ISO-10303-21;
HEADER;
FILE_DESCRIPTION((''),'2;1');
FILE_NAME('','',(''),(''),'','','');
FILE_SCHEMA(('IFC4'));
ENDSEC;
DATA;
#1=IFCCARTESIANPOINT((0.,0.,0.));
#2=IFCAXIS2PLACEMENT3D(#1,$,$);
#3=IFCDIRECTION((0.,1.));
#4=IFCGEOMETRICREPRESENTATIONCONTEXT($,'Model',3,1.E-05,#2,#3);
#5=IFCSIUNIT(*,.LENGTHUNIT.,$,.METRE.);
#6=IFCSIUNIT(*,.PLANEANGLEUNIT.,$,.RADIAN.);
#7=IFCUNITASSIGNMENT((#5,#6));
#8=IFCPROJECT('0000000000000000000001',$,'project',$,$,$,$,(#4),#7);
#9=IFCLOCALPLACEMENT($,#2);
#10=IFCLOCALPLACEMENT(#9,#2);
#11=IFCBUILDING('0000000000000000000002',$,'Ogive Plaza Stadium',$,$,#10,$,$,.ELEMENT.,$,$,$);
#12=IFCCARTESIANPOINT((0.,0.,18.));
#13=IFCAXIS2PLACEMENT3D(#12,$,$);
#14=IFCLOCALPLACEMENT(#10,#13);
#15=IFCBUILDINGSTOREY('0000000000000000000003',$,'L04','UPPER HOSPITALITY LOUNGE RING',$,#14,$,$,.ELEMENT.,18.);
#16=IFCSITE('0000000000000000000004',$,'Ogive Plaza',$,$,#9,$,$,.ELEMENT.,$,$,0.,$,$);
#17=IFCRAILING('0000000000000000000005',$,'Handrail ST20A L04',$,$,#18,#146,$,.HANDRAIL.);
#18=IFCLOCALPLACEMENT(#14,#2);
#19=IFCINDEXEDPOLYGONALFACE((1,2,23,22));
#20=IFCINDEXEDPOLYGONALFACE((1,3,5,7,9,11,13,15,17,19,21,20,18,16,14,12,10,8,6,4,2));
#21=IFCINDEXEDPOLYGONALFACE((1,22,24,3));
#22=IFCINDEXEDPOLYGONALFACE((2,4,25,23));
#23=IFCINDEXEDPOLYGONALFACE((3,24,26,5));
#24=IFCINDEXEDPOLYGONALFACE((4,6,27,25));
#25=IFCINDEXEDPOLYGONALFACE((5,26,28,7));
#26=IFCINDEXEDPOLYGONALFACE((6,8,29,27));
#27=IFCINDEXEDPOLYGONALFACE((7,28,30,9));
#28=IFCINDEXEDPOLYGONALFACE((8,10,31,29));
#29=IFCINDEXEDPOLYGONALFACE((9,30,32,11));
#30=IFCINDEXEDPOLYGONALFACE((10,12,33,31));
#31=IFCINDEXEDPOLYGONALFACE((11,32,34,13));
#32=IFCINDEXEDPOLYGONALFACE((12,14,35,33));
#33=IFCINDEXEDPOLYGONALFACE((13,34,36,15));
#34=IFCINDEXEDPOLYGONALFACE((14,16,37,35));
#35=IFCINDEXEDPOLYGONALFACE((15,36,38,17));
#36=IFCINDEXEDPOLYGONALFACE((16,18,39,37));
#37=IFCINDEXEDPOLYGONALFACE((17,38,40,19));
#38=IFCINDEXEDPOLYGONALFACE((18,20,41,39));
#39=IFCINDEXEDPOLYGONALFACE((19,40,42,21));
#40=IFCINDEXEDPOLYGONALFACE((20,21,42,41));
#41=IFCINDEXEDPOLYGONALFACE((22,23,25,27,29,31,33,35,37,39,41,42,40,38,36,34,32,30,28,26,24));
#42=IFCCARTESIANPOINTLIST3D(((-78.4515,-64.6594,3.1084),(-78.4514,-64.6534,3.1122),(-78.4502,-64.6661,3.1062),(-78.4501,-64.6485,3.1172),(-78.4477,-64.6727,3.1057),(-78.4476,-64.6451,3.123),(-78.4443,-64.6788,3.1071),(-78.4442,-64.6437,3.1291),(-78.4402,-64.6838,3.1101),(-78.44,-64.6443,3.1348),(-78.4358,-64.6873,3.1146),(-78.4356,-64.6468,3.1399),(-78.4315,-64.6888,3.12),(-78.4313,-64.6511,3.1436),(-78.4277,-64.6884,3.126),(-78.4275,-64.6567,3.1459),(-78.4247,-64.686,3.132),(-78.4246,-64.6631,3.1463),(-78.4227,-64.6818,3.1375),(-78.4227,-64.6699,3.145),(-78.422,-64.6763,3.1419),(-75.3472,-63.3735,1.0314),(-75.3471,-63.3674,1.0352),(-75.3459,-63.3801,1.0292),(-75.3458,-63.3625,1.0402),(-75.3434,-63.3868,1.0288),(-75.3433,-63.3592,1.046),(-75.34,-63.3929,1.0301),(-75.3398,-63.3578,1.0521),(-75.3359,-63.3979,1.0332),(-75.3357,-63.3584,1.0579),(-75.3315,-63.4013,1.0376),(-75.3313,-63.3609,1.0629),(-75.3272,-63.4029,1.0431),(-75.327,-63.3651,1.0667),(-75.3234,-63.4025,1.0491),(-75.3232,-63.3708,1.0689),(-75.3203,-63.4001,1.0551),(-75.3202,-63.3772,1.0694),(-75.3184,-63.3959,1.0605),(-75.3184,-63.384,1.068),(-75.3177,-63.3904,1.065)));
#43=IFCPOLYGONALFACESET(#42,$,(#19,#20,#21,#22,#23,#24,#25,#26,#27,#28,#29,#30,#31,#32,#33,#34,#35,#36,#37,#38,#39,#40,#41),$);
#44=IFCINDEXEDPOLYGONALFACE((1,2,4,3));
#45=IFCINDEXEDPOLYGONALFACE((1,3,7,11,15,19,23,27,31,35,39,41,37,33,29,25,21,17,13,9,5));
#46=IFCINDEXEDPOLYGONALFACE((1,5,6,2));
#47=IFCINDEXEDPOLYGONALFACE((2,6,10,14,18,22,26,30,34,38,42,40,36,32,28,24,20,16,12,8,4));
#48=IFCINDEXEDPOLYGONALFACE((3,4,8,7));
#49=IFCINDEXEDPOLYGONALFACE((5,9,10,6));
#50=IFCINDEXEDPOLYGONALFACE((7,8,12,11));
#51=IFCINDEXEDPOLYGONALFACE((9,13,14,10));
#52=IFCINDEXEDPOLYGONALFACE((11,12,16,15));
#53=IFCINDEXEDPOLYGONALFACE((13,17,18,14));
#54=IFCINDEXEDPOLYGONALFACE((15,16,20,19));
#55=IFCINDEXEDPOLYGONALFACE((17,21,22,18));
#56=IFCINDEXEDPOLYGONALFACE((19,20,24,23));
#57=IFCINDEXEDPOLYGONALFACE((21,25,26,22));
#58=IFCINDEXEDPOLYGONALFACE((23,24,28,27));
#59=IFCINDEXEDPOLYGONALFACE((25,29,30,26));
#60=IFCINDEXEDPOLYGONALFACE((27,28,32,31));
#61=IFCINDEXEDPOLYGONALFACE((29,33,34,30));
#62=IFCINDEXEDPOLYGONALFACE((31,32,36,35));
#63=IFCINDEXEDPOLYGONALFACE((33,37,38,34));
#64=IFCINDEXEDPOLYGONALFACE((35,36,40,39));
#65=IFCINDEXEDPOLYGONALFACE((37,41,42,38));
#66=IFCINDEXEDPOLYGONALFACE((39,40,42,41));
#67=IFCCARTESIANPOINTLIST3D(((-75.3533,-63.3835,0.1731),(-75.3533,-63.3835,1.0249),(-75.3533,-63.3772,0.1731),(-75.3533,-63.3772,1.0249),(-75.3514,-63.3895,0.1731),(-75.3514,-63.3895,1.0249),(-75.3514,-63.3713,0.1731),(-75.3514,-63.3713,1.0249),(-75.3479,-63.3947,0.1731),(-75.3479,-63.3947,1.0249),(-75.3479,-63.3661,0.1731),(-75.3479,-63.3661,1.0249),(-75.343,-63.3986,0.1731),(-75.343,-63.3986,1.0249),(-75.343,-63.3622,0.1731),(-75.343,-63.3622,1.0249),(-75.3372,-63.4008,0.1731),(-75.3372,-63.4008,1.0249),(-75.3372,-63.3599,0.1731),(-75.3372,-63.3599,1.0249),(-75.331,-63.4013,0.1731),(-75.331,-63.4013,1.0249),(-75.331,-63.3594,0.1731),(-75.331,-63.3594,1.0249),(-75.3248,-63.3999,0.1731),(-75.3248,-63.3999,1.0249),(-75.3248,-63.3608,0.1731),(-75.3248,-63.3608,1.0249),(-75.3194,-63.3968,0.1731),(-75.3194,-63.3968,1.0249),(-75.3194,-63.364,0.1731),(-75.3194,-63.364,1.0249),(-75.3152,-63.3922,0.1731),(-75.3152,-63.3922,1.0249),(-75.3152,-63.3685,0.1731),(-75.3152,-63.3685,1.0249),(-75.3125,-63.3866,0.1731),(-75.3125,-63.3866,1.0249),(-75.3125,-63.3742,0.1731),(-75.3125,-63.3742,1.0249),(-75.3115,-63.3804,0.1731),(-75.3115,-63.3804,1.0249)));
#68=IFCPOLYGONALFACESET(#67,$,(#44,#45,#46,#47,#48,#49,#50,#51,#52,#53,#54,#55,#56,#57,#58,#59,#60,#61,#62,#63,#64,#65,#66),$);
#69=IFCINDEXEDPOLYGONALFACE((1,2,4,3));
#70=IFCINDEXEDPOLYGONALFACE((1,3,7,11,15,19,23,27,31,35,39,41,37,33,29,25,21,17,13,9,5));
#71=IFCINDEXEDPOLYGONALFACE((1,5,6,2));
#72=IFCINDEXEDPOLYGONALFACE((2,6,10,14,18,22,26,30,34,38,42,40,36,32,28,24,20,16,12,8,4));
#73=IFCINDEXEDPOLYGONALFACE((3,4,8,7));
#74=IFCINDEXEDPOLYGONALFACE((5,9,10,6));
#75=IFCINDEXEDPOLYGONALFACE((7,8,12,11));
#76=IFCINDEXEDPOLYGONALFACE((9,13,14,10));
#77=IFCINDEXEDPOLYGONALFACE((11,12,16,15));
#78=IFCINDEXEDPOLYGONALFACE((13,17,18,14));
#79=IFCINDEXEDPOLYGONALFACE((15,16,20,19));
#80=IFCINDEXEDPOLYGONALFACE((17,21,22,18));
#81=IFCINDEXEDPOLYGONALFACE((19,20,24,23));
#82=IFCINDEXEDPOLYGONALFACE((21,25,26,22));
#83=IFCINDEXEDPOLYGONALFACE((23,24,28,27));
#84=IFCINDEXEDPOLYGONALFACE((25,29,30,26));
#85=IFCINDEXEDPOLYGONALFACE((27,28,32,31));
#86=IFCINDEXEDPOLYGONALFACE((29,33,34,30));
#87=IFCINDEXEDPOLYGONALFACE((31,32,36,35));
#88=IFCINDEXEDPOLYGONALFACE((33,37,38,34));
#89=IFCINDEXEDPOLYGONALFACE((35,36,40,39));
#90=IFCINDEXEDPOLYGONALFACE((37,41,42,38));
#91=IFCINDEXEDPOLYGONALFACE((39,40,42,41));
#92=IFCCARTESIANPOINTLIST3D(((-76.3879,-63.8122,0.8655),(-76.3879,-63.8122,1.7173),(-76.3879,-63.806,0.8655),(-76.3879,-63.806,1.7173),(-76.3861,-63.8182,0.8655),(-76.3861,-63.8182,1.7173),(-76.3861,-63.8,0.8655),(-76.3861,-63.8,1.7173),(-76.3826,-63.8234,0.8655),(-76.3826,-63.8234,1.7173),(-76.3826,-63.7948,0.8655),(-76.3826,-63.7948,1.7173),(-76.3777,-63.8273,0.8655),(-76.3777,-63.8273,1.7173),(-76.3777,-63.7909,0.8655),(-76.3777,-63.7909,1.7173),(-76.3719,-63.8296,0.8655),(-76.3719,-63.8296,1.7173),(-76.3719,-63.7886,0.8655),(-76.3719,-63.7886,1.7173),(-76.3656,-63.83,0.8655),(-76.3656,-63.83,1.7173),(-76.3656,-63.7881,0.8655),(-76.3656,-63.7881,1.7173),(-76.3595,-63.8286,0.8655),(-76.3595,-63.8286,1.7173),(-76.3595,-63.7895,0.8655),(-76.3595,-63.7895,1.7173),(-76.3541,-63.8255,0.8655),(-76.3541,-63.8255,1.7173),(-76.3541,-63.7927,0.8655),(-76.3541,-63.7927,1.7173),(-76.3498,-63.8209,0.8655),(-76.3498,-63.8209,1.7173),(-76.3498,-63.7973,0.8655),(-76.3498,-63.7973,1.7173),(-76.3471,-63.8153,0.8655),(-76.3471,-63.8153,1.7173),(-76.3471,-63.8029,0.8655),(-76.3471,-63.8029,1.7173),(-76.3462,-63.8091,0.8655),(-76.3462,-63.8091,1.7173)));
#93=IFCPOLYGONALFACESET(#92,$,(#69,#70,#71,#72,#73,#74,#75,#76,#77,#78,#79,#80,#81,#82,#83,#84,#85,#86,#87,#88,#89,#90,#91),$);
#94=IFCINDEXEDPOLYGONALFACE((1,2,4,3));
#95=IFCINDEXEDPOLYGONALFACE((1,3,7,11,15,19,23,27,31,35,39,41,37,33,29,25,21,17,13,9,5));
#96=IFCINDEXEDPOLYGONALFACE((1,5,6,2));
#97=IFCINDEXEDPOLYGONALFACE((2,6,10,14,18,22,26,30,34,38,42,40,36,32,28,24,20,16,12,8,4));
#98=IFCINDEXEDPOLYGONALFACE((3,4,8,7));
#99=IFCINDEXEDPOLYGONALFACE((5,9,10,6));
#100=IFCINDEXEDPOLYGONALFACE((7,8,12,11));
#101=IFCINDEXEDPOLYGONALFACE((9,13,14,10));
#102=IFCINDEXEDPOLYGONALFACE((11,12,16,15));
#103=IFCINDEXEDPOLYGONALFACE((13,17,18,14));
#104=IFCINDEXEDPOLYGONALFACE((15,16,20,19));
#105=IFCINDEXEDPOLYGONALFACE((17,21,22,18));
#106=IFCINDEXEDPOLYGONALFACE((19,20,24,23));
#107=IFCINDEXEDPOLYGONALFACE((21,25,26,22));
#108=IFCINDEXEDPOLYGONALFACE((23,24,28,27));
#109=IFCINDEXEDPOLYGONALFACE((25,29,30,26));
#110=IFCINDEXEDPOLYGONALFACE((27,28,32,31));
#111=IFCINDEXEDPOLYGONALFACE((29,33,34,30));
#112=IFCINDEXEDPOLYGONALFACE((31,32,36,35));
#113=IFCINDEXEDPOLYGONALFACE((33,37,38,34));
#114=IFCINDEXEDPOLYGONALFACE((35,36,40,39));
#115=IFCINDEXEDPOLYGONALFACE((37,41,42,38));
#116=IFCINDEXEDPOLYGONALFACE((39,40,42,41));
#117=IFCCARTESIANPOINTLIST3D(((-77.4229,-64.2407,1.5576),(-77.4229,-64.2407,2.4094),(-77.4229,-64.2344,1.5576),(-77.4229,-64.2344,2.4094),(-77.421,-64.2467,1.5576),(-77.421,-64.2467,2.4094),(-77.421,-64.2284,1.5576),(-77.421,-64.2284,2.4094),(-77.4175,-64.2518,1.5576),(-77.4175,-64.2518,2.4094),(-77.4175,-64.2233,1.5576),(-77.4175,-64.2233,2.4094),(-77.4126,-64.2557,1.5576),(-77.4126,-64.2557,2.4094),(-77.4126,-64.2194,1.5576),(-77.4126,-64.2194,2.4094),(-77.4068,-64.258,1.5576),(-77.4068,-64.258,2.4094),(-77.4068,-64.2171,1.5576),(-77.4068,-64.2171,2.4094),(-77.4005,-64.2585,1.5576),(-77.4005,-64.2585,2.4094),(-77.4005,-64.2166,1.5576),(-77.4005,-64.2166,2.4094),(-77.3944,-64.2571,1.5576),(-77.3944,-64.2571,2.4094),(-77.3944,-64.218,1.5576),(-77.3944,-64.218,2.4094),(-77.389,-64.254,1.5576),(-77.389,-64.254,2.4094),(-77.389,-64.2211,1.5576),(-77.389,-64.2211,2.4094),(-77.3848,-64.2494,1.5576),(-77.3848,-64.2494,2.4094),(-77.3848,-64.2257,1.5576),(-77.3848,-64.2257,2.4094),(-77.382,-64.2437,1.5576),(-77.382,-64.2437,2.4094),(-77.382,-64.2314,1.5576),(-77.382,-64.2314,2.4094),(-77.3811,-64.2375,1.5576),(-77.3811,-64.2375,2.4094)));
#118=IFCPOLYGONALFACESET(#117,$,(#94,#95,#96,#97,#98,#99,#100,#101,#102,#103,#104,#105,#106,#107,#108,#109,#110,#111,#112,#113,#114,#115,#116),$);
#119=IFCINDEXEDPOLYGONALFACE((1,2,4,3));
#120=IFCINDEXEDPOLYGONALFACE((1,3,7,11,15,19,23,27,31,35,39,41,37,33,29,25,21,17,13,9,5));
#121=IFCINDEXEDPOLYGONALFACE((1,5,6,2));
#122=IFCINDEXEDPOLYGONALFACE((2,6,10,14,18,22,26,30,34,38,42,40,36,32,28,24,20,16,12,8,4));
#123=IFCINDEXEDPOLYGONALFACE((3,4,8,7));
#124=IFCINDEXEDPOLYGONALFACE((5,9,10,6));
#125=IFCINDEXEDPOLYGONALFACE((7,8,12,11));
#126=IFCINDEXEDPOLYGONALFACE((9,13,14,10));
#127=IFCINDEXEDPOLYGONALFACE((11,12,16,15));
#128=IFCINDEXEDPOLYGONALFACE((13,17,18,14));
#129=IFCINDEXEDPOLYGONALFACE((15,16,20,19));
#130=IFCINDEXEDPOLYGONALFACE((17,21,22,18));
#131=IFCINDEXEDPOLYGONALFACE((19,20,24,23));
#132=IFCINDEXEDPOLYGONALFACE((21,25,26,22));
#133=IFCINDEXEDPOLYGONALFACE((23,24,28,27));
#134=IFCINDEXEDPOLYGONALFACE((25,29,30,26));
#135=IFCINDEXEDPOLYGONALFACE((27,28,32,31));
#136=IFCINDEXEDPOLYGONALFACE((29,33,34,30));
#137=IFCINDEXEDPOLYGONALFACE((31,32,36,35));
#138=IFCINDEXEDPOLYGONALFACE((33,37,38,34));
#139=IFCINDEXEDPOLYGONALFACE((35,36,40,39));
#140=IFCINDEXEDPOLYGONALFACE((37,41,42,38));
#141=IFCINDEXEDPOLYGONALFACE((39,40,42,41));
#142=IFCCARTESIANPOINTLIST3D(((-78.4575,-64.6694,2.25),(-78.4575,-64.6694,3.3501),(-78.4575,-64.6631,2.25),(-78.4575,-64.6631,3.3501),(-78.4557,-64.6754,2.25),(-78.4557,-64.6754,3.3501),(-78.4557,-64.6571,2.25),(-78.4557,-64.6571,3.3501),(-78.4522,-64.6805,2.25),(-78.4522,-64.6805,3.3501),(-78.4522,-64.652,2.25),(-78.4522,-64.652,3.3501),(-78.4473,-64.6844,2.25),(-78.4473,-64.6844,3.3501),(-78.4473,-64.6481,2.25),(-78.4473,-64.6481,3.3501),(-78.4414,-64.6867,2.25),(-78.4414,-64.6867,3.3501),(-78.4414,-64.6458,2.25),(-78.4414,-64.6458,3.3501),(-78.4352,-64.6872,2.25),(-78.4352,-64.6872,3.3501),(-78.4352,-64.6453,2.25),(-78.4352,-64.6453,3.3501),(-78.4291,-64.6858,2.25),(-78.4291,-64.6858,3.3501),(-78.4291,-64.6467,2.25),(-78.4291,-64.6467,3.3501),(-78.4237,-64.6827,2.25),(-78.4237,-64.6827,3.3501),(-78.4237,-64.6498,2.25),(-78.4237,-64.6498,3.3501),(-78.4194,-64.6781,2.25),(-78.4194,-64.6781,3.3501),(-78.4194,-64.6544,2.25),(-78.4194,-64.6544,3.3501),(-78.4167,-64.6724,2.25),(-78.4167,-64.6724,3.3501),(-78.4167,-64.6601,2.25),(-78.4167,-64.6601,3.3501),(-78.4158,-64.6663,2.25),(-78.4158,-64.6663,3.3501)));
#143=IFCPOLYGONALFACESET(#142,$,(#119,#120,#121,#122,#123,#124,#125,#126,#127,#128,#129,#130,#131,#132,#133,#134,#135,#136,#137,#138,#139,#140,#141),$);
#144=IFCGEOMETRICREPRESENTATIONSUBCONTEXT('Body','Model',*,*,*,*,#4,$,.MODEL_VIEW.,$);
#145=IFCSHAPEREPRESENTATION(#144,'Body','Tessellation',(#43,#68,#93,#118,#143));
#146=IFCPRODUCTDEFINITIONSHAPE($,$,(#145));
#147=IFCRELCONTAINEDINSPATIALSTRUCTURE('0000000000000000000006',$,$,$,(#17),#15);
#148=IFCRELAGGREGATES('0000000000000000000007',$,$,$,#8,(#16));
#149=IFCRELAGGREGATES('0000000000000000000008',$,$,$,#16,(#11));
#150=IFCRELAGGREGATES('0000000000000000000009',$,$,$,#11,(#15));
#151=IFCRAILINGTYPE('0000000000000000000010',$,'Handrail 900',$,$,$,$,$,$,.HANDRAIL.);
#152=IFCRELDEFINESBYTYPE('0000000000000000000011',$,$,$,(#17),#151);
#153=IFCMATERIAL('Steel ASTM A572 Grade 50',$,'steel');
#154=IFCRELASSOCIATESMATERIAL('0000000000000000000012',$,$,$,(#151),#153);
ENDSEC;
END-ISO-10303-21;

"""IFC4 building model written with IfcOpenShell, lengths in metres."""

from ifc_helpers import new_model, si_unit, direction, frame, origin, origin_2d, place, context, subcontext, project, spatial, circle, extrude, material, type_object, element, save


model = new_model("IFC4")

# Units and contexts
model_context = context("Model", 3, precision=1e-05, world=origin(), true_north=direction((0.0, 1.0)))
body_context = subcontext(model_context, "Body", "Model", "MODEL_VIEW")
ifc_project = project(units=[si_unit("LENGTHUNIT", "METRE"), si_unit("PLANEANGLEUNIT", "RADIAN")], contexts=[model_context])

# Site, building, storey
site_placement = place(None, origin())
site = spatial("IfcSite", under=ifc_project, at=site_placement, Name="Ogive Plaza", CompositionType="ELEMENT", RefElevation=0.0)
building_placement = place(site_placement, origin())
building = spatial("IfcBuilding", under=site, at=building_placement, Name="Ogive Plaza Stadium", CompositionType="ELEMENT")
storey_placement = place(building_placement, frame((0.0, 0.0, 18.0)))
storey = spatial("IfcBuildingStorey", under=building, at=storey_placement, Name="L04", Description="UPPER HOSPITALITY LOUNGE RING", CompositionType="ELEMENT", Elevation=18.0)

# Railing
ifc_material_1 = material(Name="Steel ASTM A572 Grade 50", Category="steel")
railing_type_1 = type_object("IfcRailingType", Name="Handrail 900", PredefinedType="HANDRAIL", material=ifc_material_1)
for number, where, name in (
    (1, (-75.3325, -63.3804, 0.1731), "Handrail ST20A L04"),
):
    element("IfcRailing", number, at=place(storey_placement, frame(where)), inside=storey, type_object=railing_type_1, Name=name, PredefinedType="HANDRAIL", context=body_context, shape_type="SweptSolid", body=[
        extrude(circle(Radius=0.0239, at=origin_2d()), frame((0.0, 0.0, 0.876), z_axis=(-0.785863, -0.325532, 0.525783), x_axis=(0.3827, -0.923872, 0.0)), (0.0, 0.0, 1.0), 3.9502),
        extrude(circle(Radius=0.021, at=origin_2d()), origin(), (0.0, 0.0, 1.0), 0.8518),
        extrude(circle(Radius=0.021, at=origin_2d()), frame((-1.0347, -0.4287, 0.6924)), (0.0, 0.0, 1.0), 0.8518),
        extrude(circle(Radius=0.021, at=origin_2d()), frame((-2.0696, -0.8572, 1.3845)), (0.0, 0.0, 1.0), 0.8518),
        extrude(circle(Radius=0.021, at=origin_2d()), frame((-3.1042, -1.2859, 2.0769)), (0.0, 0.0, 1.0), 1.1001),
    ])

save(model, "model.ifc")
